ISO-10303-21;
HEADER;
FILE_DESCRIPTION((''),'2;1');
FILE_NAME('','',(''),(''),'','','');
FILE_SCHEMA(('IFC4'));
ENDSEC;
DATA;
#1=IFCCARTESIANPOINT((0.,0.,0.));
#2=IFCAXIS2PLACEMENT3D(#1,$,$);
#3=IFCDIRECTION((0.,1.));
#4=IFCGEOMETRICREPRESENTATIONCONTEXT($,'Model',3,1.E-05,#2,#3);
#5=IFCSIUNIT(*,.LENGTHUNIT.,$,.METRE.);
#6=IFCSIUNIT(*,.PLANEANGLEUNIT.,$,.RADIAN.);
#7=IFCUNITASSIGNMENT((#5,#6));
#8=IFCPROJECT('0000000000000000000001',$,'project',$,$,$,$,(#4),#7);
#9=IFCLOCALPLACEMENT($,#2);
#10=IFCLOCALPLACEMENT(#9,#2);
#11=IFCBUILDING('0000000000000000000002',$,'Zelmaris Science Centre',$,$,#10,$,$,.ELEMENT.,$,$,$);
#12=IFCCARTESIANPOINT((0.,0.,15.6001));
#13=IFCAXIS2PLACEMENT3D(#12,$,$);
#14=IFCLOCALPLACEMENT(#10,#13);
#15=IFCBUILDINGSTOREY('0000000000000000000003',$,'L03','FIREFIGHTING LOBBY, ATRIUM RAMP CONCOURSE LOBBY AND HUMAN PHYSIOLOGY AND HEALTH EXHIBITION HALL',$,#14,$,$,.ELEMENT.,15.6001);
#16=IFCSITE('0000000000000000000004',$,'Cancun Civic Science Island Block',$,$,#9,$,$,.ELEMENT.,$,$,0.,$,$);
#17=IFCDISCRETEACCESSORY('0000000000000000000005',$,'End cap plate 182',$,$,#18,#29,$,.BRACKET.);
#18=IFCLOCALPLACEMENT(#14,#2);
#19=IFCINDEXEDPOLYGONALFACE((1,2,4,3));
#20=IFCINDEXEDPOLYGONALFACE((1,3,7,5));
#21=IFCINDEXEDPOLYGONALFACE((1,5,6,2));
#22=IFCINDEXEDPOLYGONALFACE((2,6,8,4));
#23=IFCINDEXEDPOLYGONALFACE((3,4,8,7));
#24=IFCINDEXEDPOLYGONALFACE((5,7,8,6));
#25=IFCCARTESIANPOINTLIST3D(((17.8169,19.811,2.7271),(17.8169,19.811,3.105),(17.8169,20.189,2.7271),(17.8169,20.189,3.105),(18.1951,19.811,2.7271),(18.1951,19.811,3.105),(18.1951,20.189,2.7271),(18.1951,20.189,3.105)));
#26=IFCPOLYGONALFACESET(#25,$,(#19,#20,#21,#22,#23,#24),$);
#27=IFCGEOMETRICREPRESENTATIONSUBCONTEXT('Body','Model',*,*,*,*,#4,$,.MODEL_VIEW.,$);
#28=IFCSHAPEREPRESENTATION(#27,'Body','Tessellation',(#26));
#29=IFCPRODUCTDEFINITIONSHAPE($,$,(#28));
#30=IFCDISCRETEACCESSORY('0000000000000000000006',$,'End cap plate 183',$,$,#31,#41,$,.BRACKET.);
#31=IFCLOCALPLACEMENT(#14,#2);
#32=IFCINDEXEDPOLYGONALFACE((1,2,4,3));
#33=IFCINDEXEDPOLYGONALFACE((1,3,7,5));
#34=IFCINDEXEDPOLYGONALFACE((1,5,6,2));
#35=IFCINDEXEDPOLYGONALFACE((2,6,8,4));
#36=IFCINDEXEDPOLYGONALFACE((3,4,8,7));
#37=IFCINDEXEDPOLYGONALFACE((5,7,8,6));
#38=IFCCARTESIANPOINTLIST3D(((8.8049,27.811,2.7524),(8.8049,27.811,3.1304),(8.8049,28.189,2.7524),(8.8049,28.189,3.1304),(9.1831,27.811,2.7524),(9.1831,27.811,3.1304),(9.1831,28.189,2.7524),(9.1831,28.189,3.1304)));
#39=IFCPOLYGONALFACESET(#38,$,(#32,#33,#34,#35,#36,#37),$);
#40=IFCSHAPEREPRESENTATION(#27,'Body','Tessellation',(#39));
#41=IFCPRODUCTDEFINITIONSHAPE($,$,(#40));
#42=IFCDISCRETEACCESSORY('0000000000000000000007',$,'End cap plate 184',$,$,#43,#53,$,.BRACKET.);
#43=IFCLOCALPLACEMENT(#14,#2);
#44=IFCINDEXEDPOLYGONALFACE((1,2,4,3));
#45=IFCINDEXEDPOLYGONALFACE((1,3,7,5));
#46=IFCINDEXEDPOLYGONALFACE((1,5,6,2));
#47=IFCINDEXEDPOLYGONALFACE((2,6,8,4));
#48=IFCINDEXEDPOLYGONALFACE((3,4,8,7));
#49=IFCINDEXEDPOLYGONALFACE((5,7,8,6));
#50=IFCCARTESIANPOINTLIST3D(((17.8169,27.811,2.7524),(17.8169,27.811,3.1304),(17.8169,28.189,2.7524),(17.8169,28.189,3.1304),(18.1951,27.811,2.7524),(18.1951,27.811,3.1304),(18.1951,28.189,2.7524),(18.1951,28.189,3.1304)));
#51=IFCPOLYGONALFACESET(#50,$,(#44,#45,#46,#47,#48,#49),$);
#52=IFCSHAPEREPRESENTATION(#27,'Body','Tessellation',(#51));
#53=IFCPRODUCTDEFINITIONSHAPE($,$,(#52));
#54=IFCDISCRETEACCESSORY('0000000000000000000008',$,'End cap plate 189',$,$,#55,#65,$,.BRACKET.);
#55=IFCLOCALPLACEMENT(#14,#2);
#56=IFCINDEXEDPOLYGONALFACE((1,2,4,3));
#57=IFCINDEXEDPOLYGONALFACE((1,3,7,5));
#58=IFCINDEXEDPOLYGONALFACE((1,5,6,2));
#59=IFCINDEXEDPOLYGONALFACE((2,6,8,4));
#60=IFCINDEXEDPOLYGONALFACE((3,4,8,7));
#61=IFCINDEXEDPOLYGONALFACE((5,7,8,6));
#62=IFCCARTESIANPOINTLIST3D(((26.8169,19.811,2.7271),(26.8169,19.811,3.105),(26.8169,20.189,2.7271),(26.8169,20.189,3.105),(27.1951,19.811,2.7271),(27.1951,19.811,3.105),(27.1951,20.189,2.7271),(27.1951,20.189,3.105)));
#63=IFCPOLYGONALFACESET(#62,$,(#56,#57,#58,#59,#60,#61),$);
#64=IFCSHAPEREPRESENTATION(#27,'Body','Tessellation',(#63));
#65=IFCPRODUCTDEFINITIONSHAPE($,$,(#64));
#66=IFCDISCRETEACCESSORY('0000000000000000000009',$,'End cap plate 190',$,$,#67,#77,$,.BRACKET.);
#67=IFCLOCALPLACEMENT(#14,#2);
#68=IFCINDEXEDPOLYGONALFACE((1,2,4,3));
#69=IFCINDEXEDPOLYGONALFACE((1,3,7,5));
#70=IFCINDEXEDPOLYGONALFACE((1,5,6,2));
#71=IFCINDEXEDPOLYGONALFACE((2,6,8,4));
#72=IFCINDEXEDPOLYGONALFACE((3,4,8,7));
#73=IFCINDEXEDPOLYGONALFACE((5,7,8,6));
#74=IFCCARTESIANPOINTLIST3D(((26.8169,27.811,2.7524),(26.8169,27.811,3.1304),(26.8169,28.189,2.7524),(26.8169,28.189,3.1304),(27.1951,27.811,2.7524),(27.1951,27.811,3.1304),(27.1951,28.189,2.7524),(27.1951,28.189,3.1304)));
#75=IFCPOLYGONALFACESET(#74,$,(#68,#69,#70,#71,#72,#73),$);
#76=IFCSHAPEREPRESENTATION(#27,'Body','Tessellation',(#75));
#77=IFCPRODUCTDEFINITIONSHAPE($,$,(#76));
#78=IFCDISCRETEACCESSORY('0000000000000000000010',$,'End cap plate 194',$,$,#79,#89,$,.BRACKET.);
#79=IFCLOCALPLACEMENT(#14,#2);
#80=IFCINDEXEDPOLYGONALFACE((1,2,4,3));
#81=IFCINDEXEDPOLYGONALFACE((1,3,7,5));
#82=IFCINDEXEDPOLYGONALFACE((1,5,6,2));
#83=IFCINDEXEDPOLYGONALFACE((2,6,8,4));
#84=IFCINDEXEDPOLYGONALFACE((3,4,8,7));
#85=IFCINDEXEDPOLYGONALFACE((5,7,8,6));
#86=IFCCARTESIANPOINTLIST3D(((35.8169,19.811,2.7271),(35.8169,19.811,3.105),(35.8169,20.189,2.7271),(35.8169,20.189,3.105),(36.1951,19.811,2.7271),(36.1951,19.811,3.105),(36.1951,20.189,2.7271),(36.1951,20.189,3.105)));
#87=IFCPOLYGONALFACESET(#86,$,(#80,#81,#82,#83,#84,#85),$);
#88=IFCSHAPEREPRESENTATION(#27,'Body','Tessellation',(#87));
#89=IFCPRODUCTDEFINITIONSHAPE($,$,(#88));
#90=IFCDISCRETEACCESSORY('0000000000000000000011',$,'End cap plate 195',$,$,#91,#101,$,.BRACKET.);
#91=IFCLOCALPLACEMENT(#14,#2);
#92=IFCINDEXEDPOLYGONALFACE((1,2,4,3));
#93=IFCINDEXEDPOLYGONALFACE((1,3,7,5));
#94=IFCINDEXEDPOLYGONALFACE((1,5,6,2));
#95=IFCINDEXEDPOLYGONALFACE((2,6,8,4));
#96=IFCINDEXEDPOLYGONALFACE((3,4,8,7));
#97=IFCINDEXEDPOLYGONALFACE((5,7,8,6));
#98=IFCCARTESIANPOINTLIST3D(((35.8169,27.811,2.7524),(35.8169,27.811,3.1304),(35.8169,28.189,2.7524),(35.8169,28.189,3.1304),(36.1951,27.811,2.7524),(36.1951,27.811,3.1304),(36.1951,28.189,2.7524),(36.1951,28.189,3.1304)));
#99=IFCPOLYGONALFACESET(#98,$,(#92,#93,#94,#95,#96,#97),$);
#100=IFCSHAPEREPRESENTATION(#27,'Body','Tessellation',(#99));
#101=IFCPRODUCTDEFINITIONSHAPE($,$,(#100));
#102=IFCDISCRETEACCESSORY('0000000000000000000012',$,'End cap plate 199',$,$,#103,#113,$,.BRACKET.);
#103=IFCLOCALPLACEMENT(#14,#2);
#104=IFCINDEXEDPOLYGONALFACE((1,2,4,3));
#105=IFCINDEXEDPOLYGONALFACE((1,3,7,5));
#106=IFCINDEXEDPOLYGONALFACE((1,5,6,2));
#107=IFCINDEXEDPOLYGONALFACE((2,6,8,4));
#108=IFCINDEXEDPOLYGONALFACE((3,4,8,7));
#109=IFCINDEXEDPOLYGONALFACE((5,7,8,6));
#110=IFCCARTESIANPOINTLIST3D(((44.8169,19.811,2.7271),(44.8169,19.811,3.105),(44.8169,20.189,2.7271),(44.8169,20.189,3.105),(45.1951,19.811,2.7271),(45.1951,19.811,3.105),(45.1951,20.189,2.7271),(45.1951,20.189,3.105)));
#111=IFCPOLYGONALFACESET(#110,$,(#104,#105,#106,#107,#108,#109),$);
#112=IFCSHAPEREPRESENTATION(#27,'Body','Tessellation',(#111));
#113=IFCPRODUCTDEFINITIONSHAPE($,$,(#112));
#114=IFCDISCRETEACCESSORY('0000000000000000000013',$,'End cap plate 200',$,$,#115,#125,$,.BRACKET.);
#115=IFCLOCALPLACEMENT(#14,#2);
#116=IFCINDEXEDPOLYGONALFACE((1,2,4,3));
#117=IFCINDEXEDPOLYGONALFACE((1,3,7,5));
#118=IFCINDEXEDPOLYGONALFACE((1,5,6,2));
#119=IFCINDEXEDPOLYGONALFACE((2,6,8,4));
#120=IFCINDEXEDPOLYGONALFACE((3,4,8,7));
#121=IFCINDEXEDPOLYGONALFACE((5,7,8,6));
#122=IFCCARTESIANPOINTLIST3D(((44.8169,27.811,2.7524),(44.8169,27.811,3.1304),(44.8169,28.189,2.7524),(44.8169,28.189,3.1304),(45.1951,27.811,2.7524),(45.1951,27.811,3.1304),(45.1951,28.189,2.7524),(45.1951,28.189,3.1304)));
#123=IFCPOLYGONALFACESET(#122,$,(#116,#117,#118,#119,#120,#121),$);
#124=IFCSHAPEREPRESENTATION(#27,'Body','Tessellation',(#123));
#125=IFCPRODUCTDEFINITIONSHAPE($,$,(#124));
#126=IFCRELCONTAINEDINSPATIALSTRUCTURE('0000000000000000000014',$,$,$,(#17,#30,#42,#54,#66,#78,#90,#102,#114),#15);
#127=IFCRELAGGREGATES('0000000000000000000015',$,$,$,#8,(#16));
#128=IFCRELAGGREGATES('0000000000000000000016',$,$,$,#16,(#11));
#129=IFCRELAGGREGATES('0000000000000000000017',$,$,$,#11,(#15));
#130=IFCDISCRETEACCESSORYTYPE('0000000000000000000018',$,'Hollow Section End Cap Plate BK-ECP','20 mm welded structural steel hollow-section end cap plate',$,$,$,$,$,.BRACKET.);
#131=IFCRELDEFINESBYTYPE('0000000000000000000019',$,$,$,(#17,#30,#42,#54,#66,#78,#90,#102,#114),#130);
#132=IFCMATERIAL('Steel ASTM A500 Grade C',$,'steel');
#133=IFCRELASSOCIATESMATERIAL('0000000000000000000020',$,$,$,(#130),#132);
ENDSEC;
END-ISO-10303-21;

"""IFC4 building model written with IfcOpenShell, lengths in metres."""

from ifc_helpers import new_model, si_unit, direction, frame, origin, place, context, subcontext, project, spatial, polyline, outline, extrude, material, type_object, element, save


model = new_model("IFC4")

# Units and contexts
model_context = context("Model", 3, precision=1e-05, world=origin(), true_north=direction((0.0, 1.0)))
body_context = subcontext(model_context, "Body", "Model", "MODEL_VIEW")
ifc_project = project(units=[si_unit("LENGTHUNIT", "METRE"), si_unit("PLANEANGLEUNIT", "RADIAN")], contexts=[model_context])

# Site, building, storey
site_placement = place(None, origin())
site = spatial("IfcSite", under=ifc_project, at=site_placement, Name="Cancun Civic Science Island Block", CompositionType="ELEMENT", RefElevation=0.0)
building_placement = place(site_placement, origin())
building = spatial("IfcBuilding", under=site, at=building_placement, Name="Zelmaris Science Centre", CompositionType="ELEMENT")
storey_placement = place(building_placement, frame((0.0, 0.0, 15.6001)))
storey = spatial("IfcBuildingStorey", under=building, at=storey_placement, Name="L03", Description="FIREFIGHTING LOBBY, ATRIUM RAMP CONCOURSE LOBBY AND HUMAN PHYSIOLOGY AND HEALTH EXHIBITION HALL", CompositionType="ELEMENT", Elevation=15.6001)

# Discrete accessories
ifc_material = material(Name="Steel ASTM A500 Grade C", Category="steel")
discrete_accessory_type = type_object("IfcDiscreteAccessoryType", Name="Hollow Section End Cap Plate BK-ECP", Description="20 mm welded structural steel hollow-section end cap plate", PredefinedType="BRACKET", material=ifc_material)
discrete_accessory_1_placement = place(storey_placement, frame((0.0, 0.0, 2.7271)))
element("IfcDiscreteAccessory", 1, at=discrete_accessory_1_placement, inside=storey, type_object=discrete_accessory_type, Name="End cap plate 182", PredefinedType="BRACKET", context=body_context, shape_type="SweptSolid", body=[
    extrude(outline(polyline([(17.8169, 19.811), (18.1951, 19.811), (18.1951, 20.189), (17.8169, 20.189), (17.8169, 19.811)])), origin(), (0.0, 0.0, 1.0), 0.3779),
])
discrete_accessory_2_placement = place(storey_placement, frame((0.0, 0.0, 2.7524)))
element("IfcDiscreteAccessory", 2, at=discrete_accessory_2_placement, inside=storey, type_object=discrete_accessory_type, Name="End cap plate 183", PredefinedType="BRACKET", context=body_context, shape_type="SweptSolid", body=[
    extrude(outline(polyline([(8.8049, 27.811), (9.1831, 27.811), (9.1831, 28.189), (8.8049, 28.189), (8.8049, 27.811)])), origin(), (0.0, 0.0, 1.0), 0.3779),
])
discrete_accessory_3_placement = place(storey_placement, frame((0.0, 0.0, 2.7524)))
element("IfcDiscreteAccessory", 3, at=discrete_accessory_3_placement, inside=storey, type_object=discrete_accessory_type, Name="End cap plate 184", PredefinedType="BRACKET", context=body_context, shape_type="SweptSolid", body=[
    extrude(outline(polyline([(17.8169, 27.811), (18.1951, 27.811), (18.1951, 28.189), (17.8169, 28.189), (17.8169, 27.811)])), origin(), (0.0, 0.0, 1.0), 0.3779),
])
discrete_accessory_4_placement = place(storey_placement, frame((0.0, 0.0, 2.7271)))
element("IfcDiscreteAccessory", 4, at=discrete_accessory_4_placement, inside=storey, type_object=discrete_accessory_type, Name="End cap plate 189", PredefinedType="BRACKET", context=body_context, shape_type="SweptSolid", body=[
    extrude(outline(polyline([(26.8169, 19.811), (27.1951, 19.811), (27.1951, 20.189), (26.8169, 20.189), (26.8169, 19.811)])), origin(), (0.0, 0.0, 1.0), 0.3779),
])
discrete_accessory_5_placement = place(storey_placement, frame((0.0, 0.0, 2.7524)))
element("IfcDiscreteAccessory", 5, at=discrete_accessory_5_placement, inside=storey, type_object=discrete_accessory_type, Name="End cap plate 190", PredefinedType="BRACKET", context=body_context, shape_type="SweptSolid", body=[
    extrude(outline(polyline([(26.8169, 27.811), (27.1951, 27.811), (27.1951, 28.189), (26.8169, 28.189), (26.8169, 27.811)])), origin(), (0.0, 0.0, 1.0), 0.3779),
])
discrete_accessory_6_placement = place(storey_placement, frame((0.0, 0.0, 2.7271)))
element("IfcDiscreteAccessory", 6, at=discrete_accessory_6_placement, inside=storey, type_object=discrete_accessory_type, Name="End cap plate 194", PredefinedType="BRACKET", context=body_context, shape_type="SweptSolid", body=[
    extrude(outline(polyline([(35.8169, 19.811), (36.1951, 19.811), (36.1951, 20.189), (35.8169, 20.189), (35.8169, 19.811)])), origin(), (0.0, 0.0, 1.0), 0.3779),
])
discrete_accessory_7_placement = place(storey_placement, frame((0.0, 0.0, 2.7524)))
element("IfcDiscreteAccessory", 7, at=discrete_accessory_7_placement, inside=storey, type_object=discrete_accessory_type, Name="End cap plate 195", PredefinedType="BRACKET", context=body_context, shape_type="SweptSolid", body=[
    extrude(outline(polyline([(35.8169, 27.811), (36.1951, 27.811), (36.1951, 28.189), (35.8169, 28.189), (35.8169, 27.811)])), origin(), (0.0, 0.0, 1.0), 0.3779),
])
discrete_accessory_8_placement = place(storey_placement, frame((0.0, 0.0, 2.7271)))
element("IfcDiscreteAccessory", 8, at=discrete_accessory_8_placement, inside=storey, type_object=discrete_accessory_type, Name="End cap plate 199", PredefinedType="BRACKET", context=body_context, shape_type="SweptSolid", body=[
    extrude(outline(polyline([(44.8169, 19.811), (45.1951, 19.811), (45.1951, 20.189), (44.8169, 20.189), (44.8169, 19.811)])), origin(), (0.0, 0.0, 1.0), 0.3779),
])
discrete_accessory_9_placement = place(storey_placement, frame((0.0, 0.0, 2.7524)))
element("IfcDiscreteAccessory", 9, at=discrete_accessory_9_placement, inside=storey, type_object=discrete_accessory_type, Name="End cap plate 200", PredefinedType="BRACKET", context=body_context, shape_type="SweptSolid", body=[
    extrude(outline(polyline([(44.8169, 27.811), (45.1951, 27.811), (45.1951, 28.189), (44.8169, 28.189), (44.8169, 27.811)])), origin(), (0.0, 0.0, 1.0), 0.3779),
])

save(model, "model.ifc")
